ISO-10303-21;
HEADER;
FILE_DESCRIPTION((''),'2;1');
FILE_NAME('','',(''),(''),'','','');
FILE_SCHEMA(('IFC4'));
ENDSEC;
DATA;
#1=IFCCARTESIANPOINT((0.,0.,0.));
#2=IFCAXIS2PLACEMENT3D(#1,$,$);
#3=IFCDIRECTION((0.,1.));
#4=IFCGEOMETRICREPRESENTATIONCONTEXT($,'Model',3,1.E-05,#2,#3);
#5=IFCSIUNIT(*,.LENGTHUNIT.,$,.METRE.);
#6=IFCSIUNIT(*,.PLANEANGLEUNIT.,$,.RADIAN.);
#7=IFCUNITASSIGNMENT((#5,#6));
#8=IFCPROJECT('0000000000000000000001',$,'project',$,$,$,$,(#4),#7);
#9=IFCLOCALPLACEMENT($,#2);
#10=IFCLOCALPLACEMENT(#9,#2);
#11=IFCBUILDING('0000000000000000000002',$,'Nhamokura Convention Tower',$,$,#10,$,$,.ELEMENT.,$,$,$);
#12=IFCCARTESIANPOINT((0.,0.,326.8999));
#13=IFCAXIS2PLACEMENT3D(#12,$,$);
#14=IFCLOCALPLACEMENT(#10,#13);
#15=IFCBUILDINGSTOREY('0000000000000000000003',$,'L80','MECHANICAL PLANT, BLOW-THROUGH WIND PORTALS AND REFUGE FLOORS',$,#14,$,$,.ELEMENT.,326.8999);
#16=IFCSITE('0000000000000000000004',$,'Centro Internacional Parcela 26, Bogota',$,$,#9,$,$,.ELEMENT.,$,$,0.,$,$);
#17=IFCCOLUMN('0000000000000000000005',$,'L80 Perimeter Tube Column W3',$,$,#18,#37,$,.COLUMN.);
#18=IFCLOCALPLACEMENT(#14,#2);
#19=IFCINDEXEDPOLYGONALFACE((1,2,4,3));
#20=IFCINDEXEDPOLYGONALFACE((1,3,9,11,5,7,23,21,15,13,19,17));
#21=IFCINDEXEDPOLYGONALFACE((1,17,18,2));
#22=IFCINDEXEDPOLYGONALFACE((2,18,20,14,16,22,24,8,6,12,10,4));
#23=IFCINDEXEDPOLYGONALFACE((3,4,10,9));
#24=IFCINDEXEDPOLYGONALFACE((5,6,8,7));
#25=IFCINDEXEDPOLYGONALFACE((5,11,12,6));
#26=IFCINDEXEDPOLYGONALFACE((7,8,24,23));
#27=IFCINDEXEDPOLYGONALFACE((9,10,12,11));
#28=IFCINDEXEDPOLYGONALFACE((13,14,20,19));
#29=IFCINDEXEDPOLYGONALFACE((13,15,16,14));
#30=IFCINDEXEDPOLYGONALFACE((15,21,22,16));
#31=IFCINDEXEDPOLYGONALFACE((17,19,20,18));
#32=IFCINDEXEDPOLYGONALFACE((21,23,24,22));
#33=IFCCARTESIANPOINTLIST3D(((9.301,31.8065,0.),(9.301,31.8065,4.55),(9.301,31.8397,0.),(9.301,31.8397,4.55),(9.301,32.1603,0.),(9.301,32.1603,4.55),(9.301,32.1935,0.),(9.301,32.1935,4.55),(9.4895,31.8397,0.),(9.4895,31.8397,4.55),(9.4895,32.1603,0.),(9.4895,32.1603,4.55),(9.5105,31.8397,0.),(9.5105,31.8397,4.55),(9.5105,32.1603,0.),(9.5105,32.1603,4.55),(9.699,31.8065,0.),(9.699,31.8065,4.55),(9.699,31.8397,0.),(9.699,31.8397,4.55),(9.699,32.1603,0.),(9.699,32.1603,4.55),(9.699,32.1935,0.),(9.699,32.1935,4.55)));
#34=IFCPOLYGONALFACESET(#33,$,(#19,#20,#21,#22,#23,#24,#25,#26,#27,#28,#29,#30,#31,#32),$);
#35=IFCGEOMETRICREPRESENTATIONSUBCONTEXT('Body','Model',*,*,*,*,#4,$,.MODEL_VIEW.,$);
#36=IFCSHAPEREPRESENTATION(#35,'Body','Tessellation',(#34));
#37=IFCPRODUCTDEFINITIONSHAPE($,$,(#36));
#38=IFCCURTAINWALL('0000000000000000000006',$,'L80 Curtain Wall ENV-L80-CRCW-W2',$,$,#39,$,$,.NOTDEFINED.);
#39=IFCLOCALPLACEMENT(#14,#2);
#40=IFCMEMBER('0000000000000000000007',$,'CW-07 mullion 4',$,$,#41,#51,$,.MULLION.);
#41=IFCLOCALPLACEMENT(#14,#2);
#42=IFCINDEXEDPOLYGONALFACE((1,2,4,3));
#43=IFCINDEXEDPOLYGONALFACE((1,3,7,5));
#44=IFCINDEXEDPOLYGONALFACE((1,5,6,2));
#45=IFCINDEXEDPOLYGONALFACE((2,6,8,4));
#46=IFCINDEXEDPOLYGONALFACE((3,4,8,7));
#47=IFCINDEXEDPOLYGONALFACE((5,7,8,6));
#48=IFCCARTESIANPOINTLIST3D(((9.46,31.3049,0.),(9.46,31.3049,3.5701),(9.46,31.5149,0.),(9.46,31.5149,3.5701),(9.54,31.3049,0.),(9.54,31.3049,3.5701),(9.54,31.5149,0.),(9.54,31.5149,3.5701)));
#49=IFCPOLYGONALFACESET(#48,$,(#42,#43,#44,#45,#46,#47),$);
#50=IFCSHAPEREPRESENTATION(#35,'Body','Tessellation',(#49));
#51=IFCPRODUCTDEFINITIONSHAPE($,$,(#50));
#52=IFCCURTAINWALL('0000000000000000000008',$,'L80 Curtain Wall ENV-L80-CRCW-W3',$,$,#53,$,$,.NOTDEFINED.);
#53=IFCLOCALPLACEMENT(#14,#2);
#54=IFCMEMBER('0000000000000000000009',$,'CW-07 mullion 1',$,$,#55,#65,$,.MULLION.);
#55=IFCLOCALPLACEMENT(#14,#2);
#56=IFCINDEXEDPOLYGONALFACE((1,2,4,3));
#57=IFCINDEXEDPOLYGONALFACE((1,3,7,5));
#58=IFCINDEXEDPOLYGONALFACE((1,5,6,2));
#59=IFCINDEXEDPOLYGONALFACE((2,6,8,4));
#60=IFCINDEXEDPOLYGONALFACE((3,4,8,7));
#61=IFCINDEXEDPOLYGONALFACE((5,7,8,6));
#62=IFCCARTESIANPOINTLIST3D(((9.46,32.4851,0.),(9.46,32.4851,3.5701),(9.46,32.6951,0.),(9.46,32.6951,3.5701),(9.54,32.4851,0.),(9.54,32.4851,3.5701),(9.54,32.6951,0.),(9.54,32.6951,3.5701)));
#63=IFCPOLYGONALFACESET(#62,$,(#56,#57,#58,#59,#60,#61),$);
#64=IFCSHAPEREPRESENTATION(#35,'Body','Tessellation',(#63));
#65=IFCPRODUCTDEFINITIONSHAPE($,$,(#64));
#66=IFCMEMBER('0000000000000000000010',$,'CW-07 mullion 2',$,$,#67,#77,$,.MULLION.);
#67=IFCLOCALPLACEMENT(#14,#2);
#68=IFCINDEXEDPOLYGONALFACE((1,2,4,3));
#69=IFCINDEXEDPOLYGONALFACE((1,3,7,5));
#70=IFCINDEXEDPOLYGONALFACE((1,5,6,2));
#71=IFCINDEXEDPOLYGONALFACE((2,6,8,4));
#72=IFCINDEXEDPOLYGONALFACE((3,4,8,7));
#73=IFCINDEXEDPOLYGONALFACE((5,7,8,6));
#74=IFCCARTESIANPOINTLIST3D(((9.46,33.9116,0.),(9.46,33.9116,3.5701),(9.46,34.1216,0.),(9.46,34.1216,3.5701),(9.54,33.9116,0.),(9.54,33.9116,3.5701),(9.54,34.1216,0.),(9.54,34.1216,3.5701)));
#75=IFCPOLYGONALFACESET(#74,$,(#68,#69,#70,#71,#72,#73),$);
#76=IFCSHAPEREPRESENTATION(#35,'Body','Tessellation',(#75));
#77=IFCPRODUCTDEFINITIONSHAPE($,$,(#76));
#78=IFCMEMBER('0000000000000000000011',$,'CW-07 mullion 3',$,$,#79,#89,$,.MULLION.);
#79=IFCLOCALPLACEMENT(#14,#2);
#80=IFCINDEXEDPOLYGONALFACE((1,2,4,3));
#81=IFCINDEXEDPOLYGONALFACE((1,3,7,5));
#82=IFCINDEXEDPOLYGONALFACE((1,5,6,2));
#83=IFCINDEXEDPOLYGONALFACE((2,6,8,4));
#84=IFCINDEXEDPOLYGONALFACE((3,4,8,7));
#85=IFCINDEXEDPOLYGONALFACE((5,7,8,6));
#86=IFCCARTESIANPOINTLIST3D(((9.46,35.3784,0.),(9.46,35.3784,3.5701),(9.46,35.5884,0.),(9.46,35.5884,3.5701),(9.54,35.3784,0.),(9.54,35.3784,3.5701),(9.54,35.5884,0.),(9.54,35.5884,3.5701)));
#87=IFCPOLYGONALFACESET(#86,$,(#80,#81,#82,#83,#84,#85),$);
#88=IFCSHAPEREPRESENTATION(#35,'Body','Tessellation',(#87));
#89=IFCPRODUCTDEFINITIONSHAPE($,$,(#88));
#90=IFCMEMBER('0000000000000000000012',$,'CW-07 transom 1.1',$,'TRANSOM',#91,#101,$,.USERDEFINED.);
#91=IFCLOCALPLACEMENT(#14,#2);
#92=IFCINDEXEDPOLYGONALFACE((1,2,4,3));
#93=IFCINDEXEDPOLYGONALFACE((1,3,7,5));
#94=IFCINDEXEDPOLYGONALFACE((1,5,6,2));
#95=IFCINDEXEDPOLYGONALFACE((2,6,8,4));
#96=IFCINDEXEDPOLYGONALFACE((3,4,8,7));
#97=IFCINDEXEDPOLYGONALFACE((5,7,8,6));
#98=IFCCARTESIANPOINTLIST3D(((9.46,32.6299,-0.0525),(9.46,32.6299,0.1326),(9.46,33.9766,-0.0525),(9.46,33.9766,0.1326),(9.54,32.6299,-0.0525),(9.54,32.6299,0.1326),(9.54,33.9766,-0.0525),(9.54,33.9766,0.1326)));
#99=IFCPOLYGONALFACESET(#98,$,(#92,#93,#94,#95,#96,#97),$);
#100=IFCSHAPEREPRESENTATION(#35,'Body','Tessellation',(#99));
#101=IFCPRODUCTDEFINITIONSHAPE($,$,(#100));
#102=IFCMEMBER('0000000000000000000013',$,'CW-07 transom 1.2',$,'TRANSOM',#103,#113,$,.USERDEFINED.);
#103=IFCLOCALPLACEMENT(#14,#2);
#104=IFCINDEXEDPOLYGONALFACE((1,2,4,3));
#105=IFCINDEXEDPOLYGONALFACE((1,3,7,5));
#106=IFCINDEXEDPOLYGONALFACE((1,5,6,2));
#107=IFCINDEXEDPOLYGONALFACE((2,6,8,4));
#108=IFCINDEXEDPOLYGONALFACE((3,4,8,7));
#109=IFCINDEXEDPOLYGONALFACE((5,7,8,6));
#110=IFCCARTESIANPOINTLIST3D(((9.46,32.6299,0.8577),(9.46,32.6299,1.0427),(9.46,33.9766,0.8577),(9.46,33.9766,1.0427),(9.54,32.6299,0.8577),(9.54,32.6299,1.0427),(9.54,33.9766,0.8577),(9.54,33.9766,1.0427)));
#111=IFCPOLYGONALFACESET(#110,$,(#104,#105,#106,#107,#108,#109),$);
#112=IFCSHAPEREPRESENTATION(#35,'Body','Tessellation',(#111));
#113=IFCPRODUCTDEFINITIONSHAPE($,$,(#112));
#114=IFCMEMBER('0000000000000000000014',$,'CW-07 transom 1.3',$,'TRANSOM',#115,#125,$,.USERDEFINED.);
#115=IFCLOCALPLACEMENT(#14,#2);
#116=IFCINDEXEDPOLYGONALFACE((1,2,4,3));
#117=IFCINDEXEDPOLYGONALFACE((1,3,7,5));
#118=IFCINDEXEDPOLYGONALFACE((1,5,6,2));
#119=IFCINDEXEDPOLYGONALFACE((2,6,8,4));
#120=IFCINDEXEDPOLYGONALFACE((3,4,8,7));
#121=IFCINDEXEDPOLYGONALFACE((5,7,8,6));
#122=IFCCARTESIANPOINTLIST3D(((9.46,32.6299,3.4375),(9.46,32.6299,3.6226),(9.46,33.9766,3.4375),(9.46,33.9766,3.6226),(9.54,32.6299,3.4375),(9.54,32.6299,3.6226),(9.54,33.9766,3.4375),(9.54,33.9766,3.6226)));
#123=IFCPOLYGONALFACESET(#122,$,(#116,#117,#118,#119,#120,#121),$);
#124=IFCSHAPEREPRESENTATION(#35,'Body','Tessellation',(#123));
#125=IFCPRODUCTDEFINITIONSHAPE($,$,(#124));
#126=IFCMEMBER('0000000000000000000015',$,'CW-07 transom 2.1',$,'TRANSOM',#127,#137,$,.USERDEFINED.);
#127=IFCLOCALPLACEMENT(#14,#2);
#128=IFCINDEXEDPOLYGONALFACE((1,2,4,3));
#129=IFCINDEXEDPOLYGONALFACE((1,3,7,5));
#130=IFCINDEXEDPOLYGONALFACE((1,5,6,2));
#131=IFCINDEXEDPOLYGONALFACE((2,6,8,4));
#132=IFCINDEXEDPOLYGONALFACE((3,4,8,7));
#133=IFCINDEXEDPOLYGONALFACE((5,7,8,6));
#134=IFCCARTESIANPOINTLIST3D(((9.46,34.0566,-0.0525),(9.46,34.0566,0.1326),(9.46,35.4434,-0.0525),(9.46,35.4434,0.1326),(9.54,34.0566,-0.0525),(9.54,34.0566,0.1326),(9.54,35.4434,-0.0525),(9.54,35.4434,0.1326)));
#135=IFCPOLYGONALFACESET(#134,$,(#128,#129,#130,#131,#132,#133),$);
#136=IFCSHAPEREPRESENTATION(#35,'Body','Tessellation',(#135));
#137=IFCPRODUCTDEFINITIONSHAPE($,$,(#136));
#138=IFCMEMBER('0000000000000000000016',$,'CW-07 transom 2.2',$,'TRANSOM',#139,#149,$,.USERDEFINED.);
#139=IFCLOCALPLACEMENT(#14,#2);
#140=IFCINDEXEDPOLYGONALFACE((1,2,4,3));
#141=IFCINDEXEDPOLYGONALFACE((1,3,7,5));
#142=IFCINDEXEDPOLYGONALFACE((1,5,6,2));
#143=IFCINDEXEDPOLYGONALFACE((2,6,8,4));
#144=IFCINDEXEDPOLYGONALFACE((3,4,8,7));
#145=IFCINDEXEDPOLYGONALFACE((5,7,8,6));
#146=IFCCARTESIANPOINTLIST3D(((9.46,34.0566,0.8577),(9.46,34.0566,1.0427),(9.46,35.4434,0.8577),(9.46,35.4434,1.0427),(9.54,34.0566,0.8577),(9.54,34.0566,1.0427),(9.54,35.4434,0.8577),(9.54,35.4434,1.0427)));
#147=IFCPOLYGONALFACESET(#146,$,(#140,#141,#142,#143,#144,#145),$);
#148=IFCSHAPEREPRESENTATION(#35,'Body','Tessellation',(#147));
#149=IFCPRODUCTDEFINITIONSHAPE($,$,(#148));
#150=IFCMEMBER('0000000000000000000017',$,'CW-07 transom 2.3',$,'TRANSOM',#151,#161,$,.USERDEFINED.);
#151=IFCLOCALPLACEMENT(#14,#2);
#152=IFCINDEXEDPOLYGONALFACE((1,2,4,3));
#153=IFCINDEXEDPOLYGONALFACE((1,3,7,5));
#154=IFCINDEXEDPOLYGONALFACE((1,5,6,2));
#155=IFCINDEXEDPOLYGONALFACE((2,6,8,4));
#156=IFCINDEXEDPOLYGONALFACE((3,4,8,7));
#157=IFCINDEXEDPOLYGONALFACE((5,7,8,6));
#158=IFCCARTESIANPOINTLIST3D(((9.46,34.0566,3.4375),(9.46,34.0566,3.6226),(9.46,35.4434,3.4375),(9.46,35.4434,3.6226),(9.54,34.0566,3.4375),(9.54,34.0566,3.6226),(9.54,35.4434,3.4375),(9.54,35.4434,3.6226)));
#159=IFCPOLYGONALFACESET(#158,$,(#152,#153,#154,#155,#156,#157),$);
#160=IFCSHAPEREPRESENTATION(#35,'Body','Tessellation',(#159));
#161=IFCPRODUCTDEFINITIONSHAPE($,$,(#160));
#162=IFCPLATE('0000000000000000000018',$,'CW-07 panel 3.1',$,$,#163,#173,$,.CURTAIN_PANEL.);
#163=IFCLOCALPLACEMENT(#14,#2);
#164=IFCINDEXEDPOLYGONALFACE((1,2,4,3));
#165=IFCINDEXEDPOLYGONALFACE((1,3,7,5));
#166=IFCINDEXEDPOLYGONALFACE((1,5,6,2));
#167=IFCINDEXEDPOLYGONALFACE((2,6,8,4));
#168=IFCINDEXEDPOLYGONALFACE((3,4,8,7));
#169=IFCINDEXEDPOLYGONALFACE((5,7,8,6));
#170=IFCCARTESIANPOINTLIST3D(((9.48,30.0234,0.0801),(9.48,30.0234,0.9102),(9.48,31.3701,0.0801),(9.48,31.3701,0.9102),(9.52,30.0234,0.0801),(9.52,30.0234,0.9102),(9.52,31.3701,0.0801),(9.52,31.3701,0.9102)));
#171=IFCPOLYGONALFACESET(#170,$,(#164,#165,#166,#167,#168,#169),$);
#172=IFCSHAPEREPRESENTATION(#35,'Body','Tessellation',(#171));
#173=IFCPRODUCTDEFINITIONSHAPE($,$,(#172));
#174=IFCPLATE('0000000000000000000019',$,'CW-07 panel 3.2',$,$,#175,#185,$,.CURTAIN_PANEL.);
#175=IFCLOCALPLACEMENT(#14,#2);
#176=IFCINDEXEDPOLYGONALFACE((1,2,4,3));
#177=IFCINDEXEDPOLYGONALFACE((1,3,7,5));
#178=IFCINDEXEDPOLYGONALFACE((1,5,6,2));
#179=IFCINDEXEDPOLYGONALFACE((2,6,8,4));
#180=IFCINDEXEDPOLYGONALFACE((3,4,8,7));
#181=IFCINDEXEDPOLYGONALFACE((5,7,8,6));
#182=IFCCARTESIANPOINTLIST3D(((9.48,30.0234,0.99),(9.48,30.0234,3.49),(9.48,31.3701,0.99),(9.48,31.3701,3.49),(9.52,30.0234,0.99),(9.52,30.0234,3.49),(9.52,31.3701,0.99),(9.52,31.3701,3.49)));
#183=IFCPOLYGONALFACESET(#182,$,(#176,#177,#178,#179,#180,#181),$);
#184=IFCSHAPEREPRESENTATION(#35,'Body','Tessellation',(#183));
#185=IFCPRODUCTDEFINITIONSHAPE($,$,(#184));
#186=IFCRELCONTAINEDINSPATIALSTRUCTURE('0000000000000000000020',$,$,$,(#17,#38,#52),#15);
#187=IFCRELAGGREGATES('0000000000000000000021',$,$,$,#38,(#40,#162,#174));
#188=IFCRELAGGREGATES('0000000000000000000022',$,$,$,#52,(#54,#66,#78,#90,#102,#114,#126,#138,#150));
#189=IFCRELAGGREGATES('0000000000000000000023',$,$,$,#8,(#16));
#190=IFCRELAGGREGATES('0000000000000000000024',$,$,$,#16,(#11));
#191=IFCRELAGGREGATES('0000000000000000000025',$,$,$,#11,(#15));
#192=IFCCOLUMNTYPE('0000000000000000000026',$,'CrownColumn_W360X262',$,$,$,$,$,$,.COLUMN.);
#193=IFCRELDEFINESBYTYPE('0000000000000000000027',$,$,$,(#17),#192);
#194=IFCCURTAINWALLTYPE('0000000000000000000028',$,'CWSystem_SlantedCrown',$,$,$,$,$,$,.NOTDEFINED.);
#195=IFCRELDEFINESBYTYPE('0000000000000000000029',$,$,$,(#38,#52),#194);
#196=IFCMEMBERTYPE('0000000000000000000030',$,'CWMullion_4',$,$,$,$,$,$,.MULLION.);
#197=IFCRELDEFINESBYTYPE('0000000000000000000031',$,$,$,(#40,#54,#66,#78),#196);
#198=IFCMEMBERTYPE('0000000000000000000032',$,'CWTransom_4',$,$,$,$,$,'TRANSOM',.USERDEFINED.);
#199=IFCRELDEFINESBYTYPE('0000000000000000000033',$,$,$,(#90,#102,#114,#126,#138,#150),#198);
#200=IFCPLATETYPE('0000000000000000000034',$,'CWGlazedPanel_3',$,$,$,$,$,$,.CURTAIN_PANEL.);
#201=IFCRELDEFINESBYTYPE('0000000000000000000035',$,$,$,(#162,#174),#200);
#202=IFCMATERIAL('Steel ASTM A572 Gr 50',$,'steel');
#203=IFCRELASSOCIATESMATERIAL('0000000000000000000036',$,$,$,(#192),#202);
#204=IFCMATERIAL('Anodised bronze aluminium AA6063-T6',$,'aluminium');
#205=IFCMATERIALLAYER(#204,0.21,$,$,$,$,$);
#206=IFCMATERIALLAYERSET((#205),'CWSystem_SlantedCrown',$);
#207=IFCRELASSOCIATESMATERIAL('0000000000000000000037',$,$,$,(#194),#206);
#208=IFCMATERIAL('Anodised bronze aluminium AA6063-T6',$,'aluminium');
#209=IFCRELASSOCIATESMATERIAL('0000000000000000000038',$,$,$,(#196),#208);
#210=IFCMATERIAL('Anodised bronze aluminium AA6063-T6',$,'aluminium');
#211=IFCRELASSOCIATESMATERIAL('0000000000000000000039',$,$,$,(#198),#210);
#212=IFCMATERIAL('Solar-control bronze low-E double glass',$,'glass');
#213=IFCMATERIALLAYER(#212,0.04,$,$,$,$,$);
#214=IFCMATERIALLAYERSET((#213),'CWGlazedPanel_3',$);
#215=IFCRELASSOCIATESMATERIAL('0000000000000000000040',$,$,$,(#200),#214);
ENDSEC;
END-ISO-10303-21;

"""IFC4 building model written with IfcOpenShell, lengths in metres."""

from ifc_helpers import new_model, si_unit, direction, frame, origin, origin_2d, place, context, subcontext, project, spatial, rectangle, i_section, extrude, material, layer, layer_set, material_profile, profile_set, type_object, element, aggregate, save


model = new_model("IFC4")

# Units and contexts
model_context = context("Model", 3, precision=1e-05, world=origin(), true_north=direction((0.0, 1.0)))
body_context = subcontext(model_context, "Body", "Model", "MODEL_VIEW")
ifc_project = project(units=[si_unit("LENGTHUNIT", "METRE"), si_unit("PLANEANGLEUNIT", "RADIAN")], contexts=[model_context])

# Site, building, storey
site_placement = place(None, origin())
site = spatial("IfcSite", under=ifc_project, at=site_placement, Name="Centro Internacional Parcela 26, Bogota", CompositionType="ELEMENT", RefElevation=0.0)
building_placement = place(site_placement, origin())
building = spatial("IfcBuilding", under=site, at=building_placement, Name="Nhamokura Convention Tower", CompositionType="ELEMENT")
storey_placement = place(building_placement, frame((0.0, 0.0, 326.8999)))
storey = spatial("IfcBuildingStorey", under=building, at=storey_placement, Name="L80", Description="MECHANICAL PLANT, BLOW-THROUGH WIND PORTALS AND REFUGE FLOORS", CompositionType="ELEMENT", Elevation=326.8999)

# Column
ifc_material_1 = material(Name="Steel ASTM A572 Gr 50", Category="steel")
ifc_material_profile_1 = material_profile(ifc_material_1, i_section(OverallWidth=0.3979, OverallDepth=0.387, WebThickness=0.021, FlangeThickness=0.0332, at=origin_2d()))
ifc_profile_set_1 = profile_set([ifc_material_profile_1], Name="Steel ASTM A572 Gr 50")
column_type = type_object("IfcColumnType", Name="CrownColumn_W360X262", PredefinedType="COLUMN", material=ifc_profile_set_1)
column_placement = place(storey_placement, frame((9.5, 32.0, 0.0), z_axis=(0.0, 0.0, 1.0), x_axis=(1.0, 0.0, 0.0)))
element("IfcColumn", 1, at=column_placement, inside=storey, type_object=column_type, Name="L80 Perimeter Tube Column W3", PredefinedType="COLUMN", context=body_context, shape_type="SweptSolid", body=[
    extrude(i_section(OverallWidth=0.3979, OverallDepth=0.387, WebThickness=0.021, FlangeThickness=0.0332, at=origin_2d()), origin(), (0.0, 0.0, 1.0), 4.55),
])

# Curtain wall, member
ifc_material_2 = material(Name="Anodised bronze aluminium AA6063-T6", Category="aluminium")
ifc_layer_1 = layer(ifc_material_2, 0.21)
ifc_layer_set_1 = layer_set([ifc_layer_1], Name="CWSystem_SlantedCrown")
curtain_wall_type = type_object("IfcCurtainWallType", Name="CWSystem_SlantedCrown", PredefinedType="NOTDEFINED", material=ifc_layer_set_1)
curtain_wall_1_placement = place(storey_placement, origin())
curtain_wall_1 = element("IfcCurtainWall", 2, at=curtain_wall_1_placement, inside=storey, type_object=curtain_wall_type, Name="L80 Curtain Wall ENV-L80-CRCW-W2", PredefinedType="NOTDEFINED")
ifc_material_3 = material(Name="Anodised bronze aluminium AA6063-T6", Category="aluminium")
ifc_material_profile_2 = material_profile(ifc_material_3, rectangle(XDim=0.0801, YDim=0.21, at=origin_2d()))
ifc_profile_set_2 = profile_set([ifc_material_profile_2], Name="Anodised bronze aluminium AA6063-T6")
member_type_1 = type_object("IfcMemberType", Name="CWMullion_4", PredefinedType="MULLION", material=ifc_profile_set_2)
member_1_placement = place(storey_placement, frame((9.5, 31.4099, 0.0), z_axis=(0.0, 0.0, 1.0), x_axis=(-1.0, 0.0, 0.0)))
member_1 = element("IfcMember", 3, at=member_1_placement, type_object=member_type_1, Name="CW-07 mullion 4", PredefinedType="MULLION", context=body_context, shape_type="SweptSolid", body=[
    extrude(rectangle(XDim=0.0801, YDim=0.21, at=origin_2d()), origin(), (0.0, 0.0, 1.0), 3.5701),
])

# Curtain wall, members
curtain_wall_2_placement = place(storey_placement, origin())
curtain_wall_2 = element("IfcCurtainWall", 4, at=curtain_wall_2_placement, inside=storey, type_object=curtain_wall_type, Name="L80 Curtain Wall ENV-L80-CRCW-W3", PredefinedType="NOTDEFINED")
member_2_placement = place(storey_placement, frame((9.5, 32.5901, 0.0), z_axis=(0.0, 0.0, 1.0), x_axis=(-1.0, 0.0, 0.0)))
member_2 = element("IfcMember", 5, at=member_2_placement, type_object=member_type_1, Name="CW-07 mullion 1", PredefinedType="MULLION", context=body_context, shape_type="SweptSolid", body=[
    extrude(rectangle(XDim=0.0801, YDim=0.21, at=origin_2d()), origin(), (0.0, 0.0, 1.0), 3.5701),
])
member_3_placement = place(storey_placement, frame((9.5, 34.0166, 0.0), z_axis=(0.0, 0.0, 1.0), x_axis=(-1.0, 0.0, 0.0)))
member_3 = element("IfcMember", 6, at=member_3_placement, type_object=member_type_1, Name="CW-07 mullion 2", PredefinedType="MULLION", context=body_context, shape_type="SweptSolid", body=[
    extrude(rectangle(XDim=0.0801, YDim=0.21, at=origin_2d()), origin(), (0.0, 0.0, 1.0), 3.5701),
])
member_4_placement = place(storey_placement, frame((9.5, 35.4834, 0.0), z_axis=(0.0, 0.0, 1.0), x_axis=(-1.0, 0.0, 0.0)))
member_4 = element("IfcMember", 7, at=member_4_placement, type_object=member_type_1, Name="CW-07 mullion 3", PredefinedType="MULLION", context=body_context, shape_type="SweptSolid", body=[
    extrude(rectangle(XDim=0.0801, YDim=0.21, at=origin_2d()), origin(), (0.0, 0.0, 1.0), 3.5701),
])
ifc_material_4 = material(Name="Anodised bronze aluminium AA6063-T6", Category="aluminium")
ifc_material_profile_3 = material_profile(ifc_material_4, rectangle(XDim=0.0801, YDim=0.1851, at=origin_2d()))
ifc_profile_set_3 = profile_set([ifc_material_profile_3], Name="Anodised bronze aluminium AA6063-T6")
member_type_2 = type_object("IfcMemberType", Name="CWTransom_4", ElementType="TRANSOM", PredefinedType="USERDEFINED", material=ifc_profile_set_3)
member_5_placement = place(storey_placement, frame((9.5, 32.6299, 0.04), z_axis=(0.0, 1.0, 0.0), x_axis=(-1.0, 0.0, 0.0)))
member_5 = element("IfcMember", 8, at=member_5_placement, type_object=member_type_2, Name="CW-07 transom 1.1", ObjectType="TRANSOM", PredefinedType="USERDEFINED", context=body_context, shape_type="SweptSolid", body=[
    extrude(rectangle(XDim=0.0801, YDim=0.1851, at=origin_2d()), origin(), (0.0, 0.0, 1.0), 1.3467),
])
member_6_placement = place(storey_placement, frame((9.5, 32.6299, 0.9502), z_axis=(0.0, 1.0, 0.0), x_axis=(-1.0, 0.0, 0.0)))
member_6 = element("IfcMember", 9, at=member_6_placement, type_object=member_type_2, Name="CW-07 transom 1.2", ObjectType="TRANSOM", PredefinedType="USERDEFINED", context=body_context, shape_type="SweptSolid", body=[
    extrude(rectangle(XDim=0.0801, YDim=0.1851, at=origin_2d()), origin(), (0.0, 0.0, 1.0), 1.3467),
])
member_7_placement = place(storey_placement, frame((9.5, 32.6299, 3.53), z_axis=(0.0, 1.0, 0.0), x_axis=(-1.0, 0.0, 0.0)))
member_7 = element("IfcMember", 10, at=member_7_placement, type_object=member_type_2, Name="CW-07 transom 1.3", ObjectType="TRANSOM", PredefinedType="USERDEFINED", context=body_context, shape_type="SweptSolid", body=[
    extrude(rectangle(XDim=0.0801, YDim=0.1851, at=origin_2d()), origin(), (0.0, 0.0, 1.0), 1.3467),
])
member_8_placement = place(storey_placement, frame((9.5, 34.0566, 0.04), z_axis=(0.0, 1.0, 0.0), x_axis=(-1.0, 0.0, 0.0)))
member_8 = element("IfcMember", 11, at=member_8_placement, type_object=member_type_2, Name="CW-07 transom 2.1", ObjectType="TRANSOM", PredefinedType="USERDEFINED", context=body_context, shape_type="SweptSolid", body=[
    extrude(rectangle(XDim=0.0801, YDim=0.1851, at=origin_2d()), origin(), (0.0, 0.0, 1.0), 1.3867),
])
member_9_placement = place(storey_placement, frame((9.5, 34.0566, 0.9502), z_axis=(0.0, 1.0, 0.0), x_axis=(-1.0, 0.0, 0.0)))
member_9 = element("IfcMember", 12, at=member_9_placement, type_object=member_type_2, Name="CW-07 transom 2.2", ObjectType="TRANSOM", PredefinedType="USERDEFINED", context=body_context, shape_type="SweptSolid", body=[
    extrude(rectangle(XDim=0.0801, YDim=0.1851, at=origin_2d()), origin(), (0.0, 0.0, 1.0), 1.3867),
])
member_10_placement = place(storey_placement, frame((9.5, 34.0566, 3.53), z_axis=(0.0, 1.0, 0.0), x_axis=(-1.0, 0.0, 0.0)))
member_10 = element("IfcMember", 13, at=member_10_placement, type_object=member_type_2, Name="CW-07 transom 2.3", ObjectType="TRANSOM", PredefinedType="USERDEFINED", context=body_context, shape_type="SweptSolid", body=[
    extrude(rectangle(XDim=0.0801, YDim=0.1851, at=origin_2d()), origin(), (0.0, 0.0, 1.0), 1.3867),
])

# Plates
ifc_material_5 = material(Name="Solar-control bronze low-E double glass", Category="glass")
ifc_layer_2 = layer(ifc_material_5, 0.04)
ifc_layer_set_2 = layer_set([ifc_layer_2], Name="CWGlazedPanel_3")
plate_type = type_object("IfcPlateType", Name="CWGlazedPanel_3", PredefinedType="CURTAIN_PANEL", material=ifc_layer_set_2)
plate_1_placement = place(storey_placement, frame((9.5, 30.6968, 0.0801), z_axis=(0.0, 0.0, 1.0), x_axis=(0.0, 1.0, 0.0)))
plate_1 = element("IfcPlate", 14, at=plate_1_placement, type_object=plate_type, Name="CW-07 panel 3.1", PredefinedType="CURTAIN_PANEL", context=body_context, shape_type="SweptSolid", body=[
    extrude(rectangle(XDim=1.3467, YDim=0.04, at=origin_2d()), origin(), (0.0, 0.0, 1.0), 0.8301),
])
plate_2_placement = place(storey_placement, frame((9.5, 30.6968, 0.99), z_axis=(0.0, 0.0, 1.0), x_axis=(0.0, 1.0, 0.0)))
plate_2 = element("IfcPlate", 15, at=plate_2_placement, type_object=plate_type, Name="CW-07 panel 3.2", PredefinedType="CURTAIN_PANEL", context=body_context, shape_type="SweptSolid", body=[
    extrude(rectangle(XDim=1.3467, YDim=0.04, at=origin_2d()), origin(), (0.0, 0.0, 1.0), 2.5),
])
aggregate(curtain_wall_1, [member_1, plate_1, plate_2])
aggregate(curtain_wall_2, [member_2, member_3, member_4, member_5, member_6, member_7, member_8, member_9, member_10])

save(model, "model.ifc")
